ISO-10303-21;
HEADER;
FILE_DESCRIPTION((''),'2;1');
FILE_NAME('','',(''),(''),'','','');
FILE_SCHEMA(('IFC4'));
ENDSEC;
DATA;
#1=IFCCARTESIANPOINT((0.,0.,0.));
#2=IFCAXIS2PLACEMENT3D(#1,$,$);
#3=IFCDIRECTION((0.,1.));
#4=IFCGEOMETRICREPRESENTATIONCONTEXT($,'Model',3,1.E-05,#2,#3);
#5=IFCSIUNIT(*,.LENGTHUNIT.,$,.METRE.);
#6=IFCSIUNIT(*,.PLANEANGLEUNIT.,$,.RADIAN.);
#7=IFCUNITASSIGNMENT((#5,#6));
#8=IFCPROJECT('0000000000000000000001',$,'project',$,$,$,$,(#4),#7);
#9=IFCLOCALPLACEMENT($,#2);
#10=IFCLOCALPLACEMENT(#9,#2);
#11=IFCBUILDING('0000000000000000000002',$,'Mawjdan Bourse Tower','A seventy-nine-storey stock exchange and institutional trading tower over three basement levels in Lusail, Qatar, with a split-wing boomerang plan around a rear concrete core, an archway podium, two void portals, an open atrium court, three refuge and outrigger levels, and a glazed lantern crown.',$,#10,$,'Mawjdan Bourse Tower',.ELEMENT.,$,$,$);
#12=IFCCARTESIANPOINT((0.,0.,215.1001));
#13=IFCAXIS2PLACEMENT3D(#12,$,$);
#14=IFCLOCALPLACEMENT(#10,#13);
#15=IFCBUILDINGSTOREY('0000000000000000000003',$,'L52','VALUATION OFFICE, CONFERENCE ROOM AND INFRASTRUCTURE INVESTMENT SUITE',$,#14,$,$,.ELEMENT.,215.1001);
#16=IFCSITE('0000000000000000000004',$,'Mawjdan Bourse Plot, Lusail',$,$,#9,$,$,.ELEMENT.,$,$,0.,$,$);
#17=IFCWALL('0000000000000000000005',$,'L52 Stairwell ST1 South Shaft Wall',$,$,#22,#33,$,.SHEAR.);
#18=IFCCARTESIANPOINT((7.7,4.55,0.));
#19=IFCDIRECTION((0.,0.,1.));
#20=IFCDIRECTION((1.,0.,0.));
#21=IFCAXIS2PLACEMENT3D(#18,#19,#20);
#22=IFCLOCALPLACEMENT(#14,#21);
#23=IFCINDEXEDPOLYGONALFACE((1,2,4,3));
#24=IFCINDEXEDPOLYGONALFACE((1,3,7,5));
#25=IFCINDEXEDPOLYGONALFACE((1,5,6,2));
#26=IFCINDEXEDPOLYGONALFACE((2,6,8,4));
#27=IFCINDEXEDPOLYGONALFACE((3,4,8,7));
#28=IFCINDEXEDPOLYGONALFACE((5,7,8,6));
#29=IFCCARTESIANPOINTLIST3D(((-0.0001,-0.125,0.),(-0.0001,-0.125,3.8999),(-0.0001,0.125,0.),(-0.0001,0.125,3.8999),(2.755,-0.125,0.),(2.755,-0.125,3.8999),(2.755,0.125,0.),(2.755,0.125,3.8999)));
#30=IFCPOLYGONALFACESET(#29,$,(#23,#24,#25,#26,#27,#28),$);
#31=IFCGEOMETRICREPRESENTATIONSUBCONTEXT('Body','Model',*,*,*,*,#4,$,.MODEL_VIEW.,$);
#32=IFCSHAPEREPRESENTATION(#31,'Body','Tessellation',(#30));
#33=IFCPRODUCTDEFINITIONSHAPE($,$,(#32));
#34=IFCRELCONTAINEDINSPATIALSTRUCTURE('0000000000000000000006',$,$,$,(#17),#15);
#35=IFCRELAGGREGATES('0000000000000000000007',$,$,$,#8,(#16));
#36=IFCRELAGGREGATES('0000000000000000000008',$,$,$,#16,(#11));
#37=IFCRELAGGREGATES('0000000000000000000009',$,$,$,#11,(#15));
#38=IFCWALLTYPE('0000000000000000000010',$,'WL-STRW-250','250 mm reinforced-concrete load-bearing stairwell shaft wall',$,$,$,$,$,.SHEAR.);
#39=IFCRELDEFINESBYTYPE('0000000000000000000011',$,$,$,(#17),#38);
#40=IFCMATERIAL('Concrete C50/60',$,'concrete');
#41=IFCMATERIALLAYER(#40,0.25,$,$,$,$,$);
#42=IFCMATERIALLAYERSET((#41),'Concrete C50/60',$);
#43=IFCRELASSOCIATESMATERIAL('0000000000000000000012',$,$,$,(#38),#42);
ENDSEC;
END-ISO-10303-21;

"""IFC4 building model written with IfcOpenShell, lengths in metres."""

from ifc_helpers import new_model, si_unit, direction, frame, frame_2d, origin, place, context, subcontext, project, spatial, rectangle, extrude, material, layer, layer_set, type_object, element, save


model = new_model("IFC4")

# Units and contexts
model_context = context("Model", 3, precision=1e-05, world=origin(), true_north=direction((0.0, 1.0)))
body_context = subcontext(model_context, "Body", "Model", "MODEL_VIEW")
ifc_project = project(units=[si_unit("LENGTHUNIT", "METRE"), si_unit("PLANEANGLEUNIT", "RADIAN")], contexts=[model_context])

# Site, building, storey
site_placement = place(None, origin())
site = spatial("IfcSite", under=ifc_project, at=site_placement, Name="Mawjdan Bourse Plot, Lusail", CompositionType="ELEMENT", RefElevation=0.0)
building_placement = place(site_placement, origin())
building = spatial("IfcBuilding", under=site, at=building_placement, Name="Mawjdan Bourse Tower", Description="A seventy-nine-storey stock exchange and institutional trading tower over three basement levels in Lusail, Qatar, with a split-wing boomerang plan around a rear concrete core, an archway podium, two void portals, an open atrium court, three refuge and outrigger levels, and a glazed lantern crown.", LongName="Mawjdan Bourse Tower", CompositionType="ELEMENT")
storey_placement = place(building_placement, frame((0.0, 0.0, 215.1001)))
storey = spatial("IfcBuildingStorey", under=building, at=storey_placement, Name="L52", Description="VALUATION OFFICE, CONFERENCE ROOM AND INFRASTRUCTURE INVESTMENT SUITE", CompositionType="ELEMENT", Elevation=215.1001)

# Shared definitions
ifc_material_1 = material(Name="Concrete C50/60", Category="concrete")

# Wall
ifc_layer_1 = layer(ifc_material_1, 0.25)
ifc_layer_set_1 = layer_set([ifc_layer_1], Name="Concrete C50/60")
wall_type_1 = type_object("IfcWallType", Name="WL-STRW-250", Description="250 mm reinforced-concrete load-bearing stairwell shaft wall", PredefinedType="SHEAR", material=ifc_layer_set_1)
wall_1_placement = place(storey_placement, frame((7.7, 4.55, 0.0), z_axis=(0.0, 0.0, 1.0), x_axis=(1.0, 0.0, 0.0)))
element("IfcWall", 1, at=wall_1_placement, inside=storey, type_object=wall_type_1, Name="L52 Stairwell ST1 South Shaft Wall", PredefinedType="SHEAR", context=body_context, shape_type="SweptSolid", body=[
    extrude(rectangle(XDim=2.7551, YDim=0.25, at=frame_2d((1.3774, 0.0))), origin(), (0.0, 0.0, 1.0), 3.8999),
])

save(model, "model.ifc")
